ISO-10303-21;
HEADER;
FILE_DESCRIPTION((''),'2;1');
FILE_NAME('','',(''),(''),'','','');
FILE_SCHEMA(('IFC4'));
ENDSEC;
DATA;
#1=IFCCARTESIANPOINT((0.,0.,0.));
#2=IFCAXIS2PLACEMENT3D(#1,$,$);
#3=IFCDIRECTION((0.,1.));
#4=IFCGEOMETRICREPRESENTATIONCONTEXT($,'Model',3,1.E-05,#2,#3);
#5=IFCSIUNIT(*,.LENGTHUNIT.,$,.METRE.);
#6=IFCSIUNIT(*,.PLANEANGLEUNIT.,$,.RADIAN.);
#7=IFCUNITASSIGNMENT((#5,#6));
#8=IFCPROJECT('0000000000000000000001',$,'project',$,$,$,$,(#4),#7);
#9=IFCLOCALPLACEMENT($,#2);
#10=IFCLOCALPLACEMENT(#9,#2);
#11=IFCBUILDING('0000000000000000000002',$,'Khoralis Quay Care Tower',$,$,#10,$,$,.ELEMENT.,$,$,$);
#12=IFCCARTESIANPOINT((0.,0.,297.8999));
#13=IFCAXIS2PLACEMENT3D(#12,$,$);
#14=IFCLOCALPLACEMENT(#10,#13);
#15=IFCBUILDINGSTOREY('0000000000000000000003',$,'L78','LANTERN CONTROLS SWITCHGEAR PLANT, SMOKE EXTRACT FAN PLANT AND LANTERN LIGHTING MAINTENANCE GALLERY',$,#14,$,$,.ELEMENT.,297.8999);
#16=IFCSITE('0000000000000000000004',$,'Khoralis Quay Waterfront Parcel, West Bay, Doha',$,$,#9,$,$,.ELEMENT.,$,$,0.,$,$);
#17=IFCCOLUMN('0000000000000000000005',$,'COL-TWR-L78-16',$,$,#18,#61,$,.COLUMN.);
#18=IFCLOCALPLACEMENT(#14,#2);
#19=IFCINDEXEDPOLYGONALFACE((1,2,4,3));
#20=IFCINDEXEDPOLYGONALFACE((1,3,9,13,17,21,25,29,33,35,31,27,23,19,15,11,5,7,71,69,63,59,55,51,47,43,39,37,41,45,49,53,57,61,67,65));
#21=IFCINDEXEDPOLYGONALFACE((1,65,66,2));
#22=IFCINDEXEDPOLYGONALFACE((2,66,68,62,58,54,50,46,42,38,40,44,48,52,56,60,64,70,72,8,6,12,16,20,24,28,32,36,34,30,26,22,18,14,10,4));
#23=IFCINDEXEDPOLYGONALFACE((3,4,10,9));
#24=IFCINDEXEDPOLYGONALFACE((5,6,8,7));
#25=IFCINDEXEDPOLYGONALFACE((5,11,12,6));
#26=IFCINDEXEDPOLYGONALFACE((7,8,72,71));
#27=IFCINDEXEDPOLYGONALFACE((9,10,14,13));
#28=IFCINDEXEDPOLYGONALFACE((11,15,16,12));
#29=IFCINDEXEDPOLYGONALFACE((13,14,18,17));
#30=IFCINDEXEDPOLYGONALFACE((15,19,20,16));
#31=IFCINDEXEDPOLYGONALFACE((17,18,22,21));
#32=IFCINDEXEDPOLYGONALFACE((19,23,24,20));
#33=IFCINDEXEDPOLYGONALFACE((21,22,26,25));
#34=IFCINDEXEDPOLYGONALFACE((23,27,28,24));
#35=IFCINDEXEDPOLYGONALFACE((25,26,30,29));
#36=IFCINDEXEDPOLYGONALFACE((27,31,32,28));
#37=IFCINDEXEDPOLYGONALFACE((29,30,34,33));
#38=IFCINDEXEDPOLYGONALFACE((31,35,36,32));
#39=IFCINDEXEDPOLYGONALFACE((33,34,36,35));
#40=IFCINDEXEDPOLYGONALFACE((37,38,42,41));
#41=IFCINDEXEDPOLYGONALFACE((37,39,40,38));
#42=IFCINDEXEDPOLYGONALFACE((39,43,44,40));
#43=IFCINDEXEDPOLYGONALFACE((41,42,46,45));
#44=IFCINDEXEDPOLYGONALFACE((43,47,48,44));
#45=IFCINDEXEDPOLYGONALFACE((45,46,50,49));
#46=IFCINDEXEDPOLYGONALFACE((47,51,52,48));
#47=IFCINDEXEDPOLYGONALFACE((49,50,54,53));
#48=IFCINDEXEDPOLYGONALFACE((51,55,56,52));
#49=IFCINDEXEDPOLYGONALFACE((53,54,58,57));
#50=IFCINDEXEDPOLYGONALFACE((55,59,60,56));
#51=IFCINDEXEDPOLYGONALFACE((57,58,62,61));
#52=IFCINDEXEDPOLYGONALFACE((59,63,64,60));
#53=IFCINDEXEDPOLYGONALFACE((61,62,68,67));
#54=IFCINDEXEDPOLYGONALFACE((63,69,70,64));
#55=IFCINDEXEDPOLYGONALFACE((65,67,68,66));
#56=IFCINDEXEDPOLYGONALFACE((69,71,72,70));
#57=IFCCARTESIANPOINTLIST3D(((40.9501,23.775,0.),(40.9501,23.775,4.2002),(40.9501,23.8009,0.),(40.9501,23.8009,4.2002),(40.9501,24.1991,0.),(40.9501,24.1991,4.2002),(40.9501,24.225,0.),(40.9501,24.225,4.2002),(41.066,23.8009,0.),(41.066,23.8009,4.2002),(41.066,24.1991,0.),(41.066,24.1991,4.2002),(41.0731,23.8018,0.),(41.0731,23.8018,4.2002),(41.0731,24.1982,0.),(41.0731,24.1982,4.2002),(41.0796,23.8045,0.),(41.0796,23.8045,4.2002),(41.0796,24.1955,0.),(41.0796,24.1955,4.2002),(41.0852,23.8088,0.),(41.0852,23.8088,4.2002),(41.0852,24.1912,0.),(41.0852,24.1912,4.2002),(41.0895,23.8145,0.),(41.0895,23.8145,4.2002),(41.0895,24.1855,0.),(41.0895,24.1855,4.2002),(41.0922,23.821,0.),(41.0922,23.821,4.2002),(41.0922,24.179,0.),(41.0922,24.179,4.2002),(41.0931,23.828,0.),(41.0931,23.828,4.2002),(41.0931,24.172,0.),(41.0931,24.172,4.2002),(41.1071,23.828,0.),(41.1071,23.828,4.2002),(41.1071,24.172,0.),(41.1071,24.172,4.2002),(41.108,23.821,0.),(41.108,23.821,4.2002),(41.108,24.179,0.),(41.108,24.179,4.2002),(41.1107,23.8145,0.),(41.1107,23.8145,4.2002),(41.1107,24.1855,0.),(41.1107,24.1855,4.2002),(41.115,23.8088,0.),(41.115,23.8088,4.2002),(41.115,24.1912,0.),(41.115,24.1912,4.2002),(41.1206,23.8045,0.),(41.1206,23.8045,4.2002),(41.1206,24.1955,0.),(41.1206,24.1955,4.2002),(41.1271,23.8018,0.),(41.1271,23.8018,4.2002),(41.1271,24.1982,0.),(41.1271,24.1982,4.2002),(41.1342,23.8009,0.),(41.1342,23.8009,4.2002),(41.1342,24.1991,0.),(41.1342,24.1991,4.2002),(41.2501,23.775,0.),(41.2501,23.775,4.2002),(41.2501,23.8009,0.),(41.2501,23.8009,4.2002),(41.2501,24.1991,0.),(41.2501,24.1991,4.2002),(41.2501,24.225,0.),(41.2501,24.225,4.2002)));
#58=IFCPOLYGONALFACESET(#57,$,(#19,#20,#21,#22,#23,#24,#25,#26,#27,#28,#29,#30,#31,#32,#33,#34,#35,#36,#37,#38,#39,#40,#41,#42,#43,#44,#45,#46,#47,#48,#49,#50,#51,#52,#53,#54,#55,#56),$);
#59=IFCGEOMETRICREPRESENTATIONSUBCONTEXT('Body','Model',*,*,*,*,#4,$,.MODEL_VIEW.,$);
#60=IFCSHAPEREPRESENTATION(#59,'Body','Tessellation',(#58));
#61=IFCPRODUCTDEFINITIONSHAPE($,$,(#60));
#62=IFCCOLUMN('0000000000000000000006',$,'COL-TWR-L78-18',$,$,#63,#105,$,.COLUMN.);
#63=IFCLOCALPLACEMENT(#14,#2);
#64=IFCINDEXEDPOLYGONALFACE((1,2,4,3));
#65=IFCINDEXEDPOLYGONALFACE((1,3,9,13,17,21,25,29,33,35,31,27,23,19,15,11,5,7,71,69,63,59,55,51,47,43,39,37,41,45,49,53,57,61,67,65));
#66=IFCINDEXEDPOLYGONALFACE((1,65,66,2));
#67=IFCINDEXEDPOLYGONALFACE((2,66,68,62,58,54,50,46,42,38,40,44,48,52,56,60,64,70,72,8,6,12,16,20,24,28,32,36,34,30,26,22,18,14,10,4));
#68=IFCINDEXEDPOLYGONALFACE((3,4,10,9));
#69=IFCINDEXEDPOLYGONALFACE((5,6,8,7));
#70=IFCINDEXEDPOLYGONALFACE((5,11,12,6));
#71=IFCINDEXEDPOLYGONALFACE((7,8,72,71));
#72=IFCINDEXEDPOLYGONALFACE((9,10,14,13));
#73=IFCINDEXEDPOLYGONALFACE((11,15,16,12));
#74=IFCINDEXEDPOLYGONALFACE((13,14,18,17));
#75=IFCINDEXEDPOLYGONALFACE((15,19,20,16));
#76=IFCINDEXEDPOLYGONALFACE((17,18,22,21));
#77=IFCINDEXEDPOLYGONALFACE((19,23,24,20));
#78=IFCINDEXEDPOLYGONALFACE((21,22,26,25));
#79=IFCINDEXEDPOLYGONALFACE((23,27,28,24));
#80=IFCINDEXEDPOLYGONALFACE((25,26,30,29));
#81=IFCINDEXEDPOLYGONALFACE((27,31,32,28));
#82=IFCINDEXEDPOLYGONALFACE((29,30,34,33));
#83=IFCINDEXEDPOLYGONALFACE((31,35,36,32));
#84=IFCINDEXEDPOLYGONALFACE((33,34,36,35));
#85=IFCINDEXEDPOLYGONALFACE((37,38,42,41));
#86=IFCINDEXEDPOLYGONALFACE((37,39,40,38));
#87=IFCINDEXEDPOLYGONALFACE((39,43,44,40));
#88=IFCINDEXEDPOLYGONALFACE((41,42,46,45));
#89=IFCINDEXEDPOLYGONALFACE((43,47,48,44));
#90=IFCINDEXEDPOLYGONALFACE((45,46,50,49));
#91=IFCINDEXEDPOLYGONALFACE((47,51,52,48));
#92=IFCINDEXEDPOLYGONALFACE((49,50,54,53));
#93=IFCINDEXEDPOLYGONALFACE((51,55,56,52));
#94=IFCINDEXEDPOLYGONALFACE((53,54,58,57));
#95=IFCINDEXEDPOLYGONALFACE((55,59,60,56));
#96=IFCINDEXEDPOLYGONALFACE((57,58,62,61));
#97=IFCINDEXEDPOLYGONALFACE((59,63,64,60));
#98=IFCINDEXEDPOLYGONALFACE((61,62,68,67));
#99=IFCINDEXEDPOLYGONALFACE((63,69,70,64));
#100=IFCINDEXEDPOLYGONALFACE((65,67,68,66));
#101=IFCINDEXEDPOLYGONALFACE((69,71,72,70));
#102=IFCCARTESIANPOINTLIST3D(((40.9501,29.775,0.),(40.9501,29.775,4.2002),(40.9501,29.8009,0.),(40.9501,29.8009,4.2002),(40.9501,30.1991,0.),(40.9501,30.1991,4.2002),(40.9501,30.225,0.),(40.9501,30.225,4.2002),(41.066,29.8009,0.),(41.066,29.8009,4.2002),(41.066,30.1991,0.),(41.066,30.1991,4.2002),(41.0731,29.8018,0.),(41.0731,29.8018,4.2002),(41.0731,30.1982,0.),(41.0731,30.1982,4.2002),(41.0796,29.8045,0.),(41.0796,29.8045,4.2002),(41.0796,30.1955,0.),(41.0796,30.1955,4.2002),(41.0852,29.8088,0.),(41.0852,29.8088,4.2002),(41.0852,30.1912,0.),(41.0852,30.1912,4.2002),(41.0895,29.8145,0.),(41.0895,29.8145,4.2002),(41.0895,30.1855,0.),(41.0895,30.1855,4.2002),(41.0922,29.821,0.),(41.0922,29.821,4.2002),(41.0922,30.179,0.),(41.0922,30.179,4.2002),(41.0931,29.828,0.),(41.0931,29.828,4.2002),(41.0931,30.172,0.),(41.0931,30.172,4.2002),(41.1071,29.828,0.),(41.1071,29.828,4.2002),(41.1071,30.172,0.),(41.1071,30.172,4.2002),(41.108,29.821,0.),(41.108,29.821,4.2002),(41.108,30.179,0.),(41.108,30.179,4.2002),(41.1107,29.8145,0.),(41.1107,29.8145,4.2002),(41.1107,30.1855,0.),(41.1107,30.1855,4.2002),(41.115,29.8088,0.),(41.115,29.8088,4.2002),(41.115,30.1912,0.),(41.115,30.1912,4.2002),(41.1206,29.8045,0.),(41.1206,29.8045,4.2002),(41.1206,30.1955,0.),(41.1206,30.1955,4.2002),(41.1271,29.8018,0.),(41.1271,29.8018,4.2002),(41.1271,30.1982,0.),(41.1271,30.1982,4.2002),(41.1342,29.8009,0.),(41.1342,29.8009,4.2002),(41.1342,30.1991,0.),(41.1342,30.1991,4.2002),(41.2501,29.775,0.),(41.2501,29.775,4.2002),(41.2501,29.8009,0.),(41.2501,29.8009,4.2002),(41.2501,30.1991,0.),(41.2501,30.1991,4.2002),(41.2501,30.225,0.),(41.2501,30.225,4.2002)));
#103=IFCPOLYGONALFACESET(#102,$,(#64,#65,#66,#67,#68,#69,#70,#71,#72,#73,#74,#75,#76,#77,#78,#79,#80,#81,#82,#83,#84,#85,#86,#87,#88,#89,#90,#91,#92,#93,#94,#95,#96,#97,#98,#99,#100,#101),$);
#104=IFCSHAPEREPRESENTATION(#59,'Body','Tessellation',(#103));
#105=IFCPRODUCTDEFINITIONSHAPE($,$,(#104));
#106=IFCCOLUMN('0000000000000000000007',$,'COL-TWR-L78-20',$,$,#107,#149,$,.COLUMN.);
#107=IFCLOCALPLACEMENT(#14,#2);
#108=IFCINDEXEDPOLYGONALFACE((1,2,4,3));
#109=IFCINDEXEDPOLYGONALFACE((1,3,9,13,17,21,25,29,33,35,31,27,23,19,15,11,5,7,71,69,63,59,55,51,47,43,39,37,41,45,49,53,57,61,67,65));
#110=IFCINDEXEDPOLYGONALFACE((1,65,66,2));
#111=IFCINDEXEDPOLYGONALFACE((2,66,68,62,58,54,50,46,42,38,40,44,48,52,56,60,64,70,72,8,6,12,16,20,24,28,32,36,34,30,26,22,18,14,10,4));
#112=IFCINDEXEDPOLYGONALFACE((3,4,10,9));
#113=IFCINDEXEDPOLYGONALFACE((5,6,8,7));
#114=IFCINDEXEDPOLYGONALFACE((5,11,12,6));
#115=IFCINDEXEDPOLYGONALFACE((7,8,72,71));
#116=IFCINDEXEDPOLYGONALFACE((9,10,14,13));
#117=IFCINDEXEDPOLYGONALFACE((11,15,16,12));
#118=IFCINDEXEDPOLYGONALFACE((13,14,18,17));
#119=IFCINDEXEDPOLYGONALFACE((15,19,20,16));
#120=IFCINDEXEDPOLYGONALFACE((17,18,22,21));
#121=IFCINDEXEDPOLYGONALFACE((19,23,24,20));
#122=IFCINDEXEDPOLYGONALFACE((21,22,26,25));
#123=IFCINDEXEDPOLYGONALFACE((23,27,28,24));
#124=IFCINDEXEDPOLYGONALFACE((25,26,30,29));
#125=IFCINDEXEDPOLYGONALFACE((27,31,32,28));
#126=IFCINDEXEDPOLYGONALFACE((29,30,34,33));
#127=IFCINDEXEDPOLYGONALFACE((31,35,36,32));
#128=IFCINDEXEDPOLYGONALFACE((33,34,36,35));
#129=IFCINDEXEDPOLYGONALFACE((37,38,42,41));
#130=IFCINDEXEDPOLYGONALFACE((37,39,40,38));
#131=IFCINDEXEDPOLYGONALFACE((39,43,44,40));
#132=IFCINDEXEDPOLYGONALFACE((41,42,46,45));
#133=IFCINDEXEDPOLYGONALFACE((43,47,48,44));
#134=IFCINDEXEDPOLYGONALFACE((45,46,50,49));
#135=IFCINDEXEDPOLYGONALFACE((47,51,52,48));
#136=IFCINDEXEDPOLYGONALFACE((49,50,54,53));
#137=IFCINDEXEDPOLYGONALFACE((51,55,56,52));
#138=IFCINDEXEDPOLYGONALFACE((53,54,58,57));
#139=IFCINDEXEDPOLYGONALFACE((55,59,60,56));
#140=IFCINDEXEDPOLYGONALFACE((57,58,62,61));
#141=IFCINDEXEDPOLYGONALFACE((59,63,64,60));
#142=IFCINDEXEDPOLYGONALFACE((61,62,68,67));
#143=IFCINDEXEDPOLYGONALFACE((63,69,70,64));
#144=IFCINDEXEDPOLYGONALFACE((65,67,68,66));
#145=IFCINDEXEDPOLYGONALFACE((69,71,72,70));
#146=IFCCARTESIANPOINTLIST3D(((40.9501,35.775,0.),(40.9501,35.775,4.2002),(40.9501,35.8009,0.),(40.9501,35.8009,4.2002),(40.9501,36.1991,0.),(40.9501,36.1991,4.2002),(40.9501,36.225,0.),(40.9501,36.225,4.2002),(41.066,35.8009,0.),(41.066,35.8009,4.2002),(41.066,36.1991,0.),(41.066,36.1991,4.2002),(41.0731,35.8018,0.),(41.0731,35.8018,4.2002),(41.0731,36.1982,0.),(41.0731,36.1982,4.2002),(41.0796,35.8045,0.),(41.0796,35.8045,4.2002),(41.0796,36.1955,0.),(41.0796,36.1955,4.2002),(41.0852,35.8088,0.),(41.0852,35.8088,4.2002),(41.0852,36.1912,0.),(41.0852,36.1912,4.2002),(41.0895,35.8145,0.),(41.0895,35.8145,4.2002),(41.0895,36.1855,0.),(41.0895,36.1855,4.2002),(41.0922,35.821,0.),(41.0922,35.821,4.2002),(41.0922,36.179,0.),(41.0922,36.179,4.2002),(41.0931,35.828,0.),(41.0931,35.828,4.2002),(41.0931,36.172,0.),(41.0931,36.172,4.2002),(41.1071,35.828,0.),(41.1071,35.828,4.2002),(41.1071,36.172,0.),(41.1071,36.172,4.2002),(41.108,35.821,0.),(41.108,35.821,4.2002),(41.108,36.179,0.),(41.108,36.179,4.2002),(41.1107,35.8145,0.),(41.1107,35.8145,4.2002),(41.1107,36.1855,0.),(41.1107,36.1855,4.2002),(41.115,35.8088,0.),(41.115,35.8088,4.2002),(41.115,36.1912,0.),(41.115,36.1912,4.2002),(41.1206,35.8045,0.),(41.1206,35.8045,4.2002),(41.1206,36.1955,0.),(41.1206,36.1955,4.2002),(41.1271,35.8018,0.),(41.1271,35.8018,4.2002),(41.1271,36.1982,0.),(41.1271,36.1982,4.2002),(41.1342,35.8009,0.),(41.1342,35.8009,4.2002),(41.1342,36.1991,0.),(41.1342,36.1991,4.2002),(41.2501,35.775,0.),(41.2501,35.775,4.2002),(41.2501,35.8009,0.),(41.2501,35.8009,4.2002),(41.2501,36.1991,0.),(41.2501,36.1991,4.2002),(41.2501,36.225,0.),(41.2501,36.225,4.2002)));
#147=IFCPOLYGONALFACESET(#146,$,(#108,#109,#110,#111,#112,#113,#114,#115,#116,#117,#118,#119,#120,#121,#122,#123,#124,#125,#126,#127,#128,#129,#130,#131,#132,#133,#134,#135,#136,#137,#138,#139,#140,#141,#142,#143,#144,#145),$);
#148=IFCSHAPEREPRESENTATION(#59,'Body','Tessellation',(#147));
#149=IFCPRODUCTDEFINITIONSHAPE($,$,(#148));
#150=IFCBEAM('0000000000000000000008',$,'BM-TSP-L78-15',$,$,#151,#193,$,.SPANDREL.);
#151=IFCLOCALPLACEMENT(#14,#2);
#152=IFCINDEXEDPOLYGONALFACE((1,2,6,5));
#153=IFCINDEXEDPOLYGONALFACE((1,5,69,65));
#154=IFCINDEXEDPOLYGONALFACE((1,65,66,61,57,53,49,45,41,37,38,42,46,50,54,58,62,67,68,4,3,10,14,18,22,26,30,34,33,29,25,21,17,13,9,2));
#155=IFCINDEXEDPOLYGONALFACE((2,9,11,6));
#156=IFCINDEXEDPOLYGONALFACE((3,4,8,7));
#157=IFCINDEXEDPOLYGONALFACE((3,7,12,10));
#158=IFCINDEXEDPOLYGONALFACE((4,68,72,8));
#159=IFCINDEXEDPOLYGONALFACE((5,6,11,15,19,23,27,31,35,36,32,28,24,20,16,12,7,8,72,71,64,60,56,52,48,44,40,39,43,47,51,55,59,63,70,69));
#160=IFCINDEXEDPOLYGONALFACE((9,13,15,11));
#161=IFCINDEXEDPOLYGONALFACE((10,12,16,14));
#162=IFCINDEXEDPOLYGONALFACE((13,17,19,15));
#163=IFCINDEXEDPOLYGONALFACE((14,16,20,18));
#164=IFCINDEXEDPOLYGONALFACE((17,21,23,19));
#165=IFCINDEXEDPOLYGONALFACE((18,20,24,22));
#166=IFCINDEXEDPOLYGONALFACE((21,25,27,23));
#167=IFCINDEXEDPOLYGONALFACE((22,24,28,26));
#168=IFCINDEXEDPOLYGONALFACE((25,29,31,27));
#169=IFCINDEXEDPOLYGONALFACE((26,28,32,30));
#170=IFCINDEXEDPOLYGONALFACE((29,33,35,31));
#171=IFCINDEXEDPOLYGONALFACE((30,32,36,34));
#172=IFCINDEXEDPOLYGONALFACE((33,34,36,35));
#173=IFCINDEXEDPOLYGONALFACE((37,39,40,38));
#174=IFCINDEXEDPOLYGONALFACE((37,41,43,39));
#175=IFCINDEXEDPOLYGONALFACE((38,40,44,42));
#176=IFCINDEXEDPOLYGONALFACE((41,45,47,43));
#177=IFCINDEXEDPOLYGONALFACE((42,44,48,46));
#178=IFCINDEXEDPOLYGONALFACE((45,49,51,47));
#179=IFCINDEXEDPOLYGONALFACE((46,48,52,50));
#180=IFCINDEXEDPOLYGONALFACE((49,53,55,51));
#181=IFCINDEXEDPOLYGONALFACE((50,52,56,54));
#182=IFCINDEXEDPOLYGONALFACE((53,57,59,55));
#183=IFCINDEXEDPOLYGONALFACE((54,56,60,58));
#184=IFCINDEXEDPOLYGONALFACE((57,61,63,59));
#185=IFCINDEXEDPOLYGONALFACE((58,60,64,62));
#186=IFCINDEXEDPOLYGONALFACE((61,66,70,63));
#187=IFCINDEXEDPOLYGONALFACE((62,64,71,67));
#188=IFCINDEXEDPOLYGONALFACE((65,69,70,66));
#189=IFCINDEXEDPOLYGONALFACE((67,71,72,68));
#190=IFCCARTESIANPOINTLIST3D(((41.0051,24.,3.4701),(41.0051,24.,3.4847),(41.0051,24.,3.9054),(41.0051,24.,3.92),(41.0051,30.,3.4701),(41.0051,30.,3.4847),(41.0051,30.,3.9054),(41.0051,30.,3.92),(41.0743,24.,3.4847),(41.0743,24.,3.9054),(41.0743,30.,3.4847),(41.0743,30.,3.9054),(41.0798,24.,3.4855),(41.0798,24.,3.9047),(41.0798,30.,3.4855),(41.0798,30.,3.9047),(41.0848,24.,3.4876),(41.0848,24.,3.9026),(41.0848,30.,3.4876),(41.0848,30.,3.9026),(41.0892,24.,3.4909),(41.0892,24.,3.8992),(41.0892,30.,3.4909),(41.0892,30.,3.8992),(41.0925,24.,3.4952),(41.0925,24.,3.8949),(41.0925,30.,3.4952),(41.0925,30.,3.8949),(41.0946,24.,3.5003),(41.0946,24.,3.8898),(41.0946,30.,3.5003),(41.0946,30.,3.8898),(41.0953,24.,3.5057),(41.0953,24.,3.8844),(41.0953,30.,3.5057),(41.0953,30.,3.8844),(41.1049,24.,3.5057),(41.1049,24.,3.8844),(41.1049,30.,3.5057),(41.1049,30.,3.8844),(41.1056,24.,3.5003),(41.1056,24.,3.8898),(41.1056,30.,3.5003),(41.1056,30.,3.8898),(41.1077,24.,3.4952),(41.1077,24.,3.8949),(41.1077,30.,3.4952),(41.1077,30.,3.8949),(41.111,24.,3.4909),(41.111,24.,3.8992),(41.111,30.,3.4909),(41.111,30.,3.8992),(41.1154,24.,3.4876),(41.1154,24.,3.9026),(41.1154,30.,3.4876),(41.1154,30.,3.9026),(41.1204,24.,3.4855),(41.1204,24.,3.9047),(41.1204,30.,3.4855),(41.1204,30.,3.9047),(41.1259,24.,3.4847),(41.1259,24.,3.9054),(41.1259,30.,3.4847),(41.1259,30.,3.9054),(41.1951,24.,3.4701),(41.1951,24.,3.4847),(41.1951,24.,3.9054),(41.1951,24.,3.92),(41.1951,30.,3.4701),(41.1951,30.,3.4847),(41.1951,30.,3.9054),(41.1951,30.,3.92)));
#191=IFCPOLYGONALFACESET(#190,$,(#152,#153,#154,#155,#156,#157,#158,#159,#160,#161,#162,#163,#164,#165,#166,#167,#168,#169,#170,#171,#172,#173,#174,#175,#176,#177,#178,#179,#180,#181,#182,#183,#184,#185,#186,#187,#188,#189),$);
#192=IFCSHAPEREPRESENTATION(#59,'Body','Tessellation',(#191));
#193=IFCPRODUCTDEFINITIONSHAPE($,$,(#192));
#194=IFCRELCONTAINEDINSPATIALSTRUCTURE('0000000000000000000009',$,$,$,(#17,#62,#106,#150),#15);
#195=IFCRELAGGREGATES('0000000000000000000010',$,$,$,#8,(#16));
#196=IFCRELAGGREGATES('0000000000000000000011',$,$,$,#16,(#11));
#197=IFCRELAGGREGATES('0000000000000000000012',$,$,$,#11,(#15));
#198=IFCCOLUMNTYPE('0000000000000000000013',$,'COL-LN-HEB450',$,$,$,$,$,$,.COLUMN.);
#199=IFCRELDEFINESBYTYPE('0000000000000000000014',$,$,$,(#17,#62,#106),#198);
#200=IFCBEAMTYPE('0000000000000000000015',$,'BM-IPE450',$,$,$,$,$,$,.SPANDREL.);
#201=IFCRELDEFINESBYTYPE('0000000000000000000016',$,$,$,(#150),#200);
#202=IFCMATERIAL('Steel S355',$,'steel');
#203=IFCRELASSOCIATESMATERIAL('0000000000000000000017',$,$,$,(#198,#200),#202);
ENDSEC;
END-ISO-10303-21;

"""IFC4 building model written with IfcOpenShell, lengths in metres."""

from ifc_helpers import new_model, si_unit, direction, frame, origin, origin_2d, place, context, subcontext, project, spatial, i_section, extrude, source, transform, mapped, material, material_profile, profile_set, type_object, element, save


model = new_model("IFC4")

# Units and contexts
model_context = context("Model", 3, precision=1e-05, world=origin(), true_north=direction((0.0, 1.0)))
body_context = subcontext(model_context, "Body", "Model", "MODEL_VIEW")
ifc_project = project(units=[si_unit("LENGTHUNIT", "METRE"), si_unit("PLANEANGLEUNIT", "RADIAN")], contexts=[model_context])

# Site, building, storey
site_placement = place(None, origin())
site = spatial("IfcSite", under=ifc_project, at=site_placement, Name="Khoralis Quay Waterfront Parcel, West Bay, Doha", CompositionType="ELEMENT", RefElevation=0.0)
building_placement = place(site_placement, origin())
building = spatial("IfcBuilding", under=site, at=building_placement, Name="Khoralis Quay Care Tower", CompositionType="ELEMENT")
storey_placement = place(building_placement, frame((0.0, 0.0, 297.8999)))
storey = spatial("IfcBuildingStorey", under=building, at=storey_placement, Name="L78", Description="LANTERN CONTROLS SWITCHGEAR PLANT, SMOKE EXTRACT FAN PLANT AND LANTERN LIGHTING MAINTENANCE GALLERY", CompositionType="ELEMENT", Elevation=297.8999)

# Columns
ifc_material_1 = material(Name="Steel S355", Category="steel")
ifc_material_profile_1 = material_profile(ifc_material_1, i_section(OverallWidth=0.3, OverallDepth=0.45, WebThickness=0.0139, FlangeThickness=0.0259, FilletRadius=0.0271, at=origin_2d()), Name="Steel S355")
ifc_profile_set_1 = profile_set([ifc_material_profile_1], Name="Steel S355")
column_type = type_object("IfcColumnType", Name="COL-LN-HEB450", PredefinedType="COLUMN", material=ifc_profile_set_1)
shared_shape_1 = source(origin(), body_context, "Body", "SweptSolid", [
    extrude(i_section(OverallWidth=0.3, OverallDepth=0.45, WebThickness=0.0139, FlangeThickness=0.0259, FilletRadius=0.0271, at=origin_2d()), origin(), (0.0, 0.0, 1.0), 4.2002),
])
for number, where, z_axis, x_axis, name in (
    (1, (41.1001, 24.0, 0.0), (0.0, 0.0, 1.0), (1.0, 0.0, 0.0), "COL-TWR-L78-16"),
    (2, (41.1001, 30.0, 0.0), (0.0, 0.0, 1.0), (1.0, 0.0, 0.0), "COL-TWR-L78-18"),
    (3, (41.1001, 36.0, 0.0), (0.0, 0.0, 1.0), (1.0, 0.0, 0.0), "COL-TWR-L78-20"),
):
    element("IfcColumn", number, at=place(storey_placement, frame(where, z_axis=z_axis, x_axis=x_axis)), inside=storey, type_object=column_type, Name=name, PredefinedType="COLUMN", context=body_context, shape_type="MappedRepresentation", body=[
        mapped(shared_shape_1, transform((0.0, 0.0, 0.0), scale=1.0)),
    ])

# Beam
ifc_material_profile_2 = material_profile(ifc_material_1, i_section(OverallWidth=0.1899, OverallDepth=0.45, WebThickness=0.0095, FlangeThickness=0.0146, FilletRadius=0.021, at=origin_2d()), Name="Steel S355")
ifc_profile_set_2 = profile_set([ifc_material_profile_2], Name="Steel S355")
beam_type = type_object("IfcBeamType", Name="BM-IPE450", PredefinedType="SPANDREL", material=ifc_profile_set_2)
shared_shape_2 = source(origin(), body_context, "Body", "SweptSolid", [
    extrude(i_section(OverallWidth=0.1899, OverallDepth=0.45, WebThickness=0.0095, FlangeThickness=0.0146, FilletRadius=0.021, at=origin_2d()), origin(), (0.0, 0.0, 1.0), 6.0),
])
for number, where, z_axis, x_axis, name in (
    (4, (41.1001, 24.0, 3.6951), (0.0, 1.0, 0.0), (-1.0, 0.0, 0.0), "BM-TSP-L78-15"),
):
    element("IfcBeam", number, at=place(storey_placement, frame(where, z_axis=z_axis, x_axis=x_axis)), inside=storey, type_object=beam_type, Name=name, PredefinedType="SPANDREL", context=body_context, shape_type="MappedRepresentation", body=[
        mapped(shared_shape_2, transform((0.0, 0.0, 0.0), scale=1.0)),
    ])

save(model, "model.ifc")
